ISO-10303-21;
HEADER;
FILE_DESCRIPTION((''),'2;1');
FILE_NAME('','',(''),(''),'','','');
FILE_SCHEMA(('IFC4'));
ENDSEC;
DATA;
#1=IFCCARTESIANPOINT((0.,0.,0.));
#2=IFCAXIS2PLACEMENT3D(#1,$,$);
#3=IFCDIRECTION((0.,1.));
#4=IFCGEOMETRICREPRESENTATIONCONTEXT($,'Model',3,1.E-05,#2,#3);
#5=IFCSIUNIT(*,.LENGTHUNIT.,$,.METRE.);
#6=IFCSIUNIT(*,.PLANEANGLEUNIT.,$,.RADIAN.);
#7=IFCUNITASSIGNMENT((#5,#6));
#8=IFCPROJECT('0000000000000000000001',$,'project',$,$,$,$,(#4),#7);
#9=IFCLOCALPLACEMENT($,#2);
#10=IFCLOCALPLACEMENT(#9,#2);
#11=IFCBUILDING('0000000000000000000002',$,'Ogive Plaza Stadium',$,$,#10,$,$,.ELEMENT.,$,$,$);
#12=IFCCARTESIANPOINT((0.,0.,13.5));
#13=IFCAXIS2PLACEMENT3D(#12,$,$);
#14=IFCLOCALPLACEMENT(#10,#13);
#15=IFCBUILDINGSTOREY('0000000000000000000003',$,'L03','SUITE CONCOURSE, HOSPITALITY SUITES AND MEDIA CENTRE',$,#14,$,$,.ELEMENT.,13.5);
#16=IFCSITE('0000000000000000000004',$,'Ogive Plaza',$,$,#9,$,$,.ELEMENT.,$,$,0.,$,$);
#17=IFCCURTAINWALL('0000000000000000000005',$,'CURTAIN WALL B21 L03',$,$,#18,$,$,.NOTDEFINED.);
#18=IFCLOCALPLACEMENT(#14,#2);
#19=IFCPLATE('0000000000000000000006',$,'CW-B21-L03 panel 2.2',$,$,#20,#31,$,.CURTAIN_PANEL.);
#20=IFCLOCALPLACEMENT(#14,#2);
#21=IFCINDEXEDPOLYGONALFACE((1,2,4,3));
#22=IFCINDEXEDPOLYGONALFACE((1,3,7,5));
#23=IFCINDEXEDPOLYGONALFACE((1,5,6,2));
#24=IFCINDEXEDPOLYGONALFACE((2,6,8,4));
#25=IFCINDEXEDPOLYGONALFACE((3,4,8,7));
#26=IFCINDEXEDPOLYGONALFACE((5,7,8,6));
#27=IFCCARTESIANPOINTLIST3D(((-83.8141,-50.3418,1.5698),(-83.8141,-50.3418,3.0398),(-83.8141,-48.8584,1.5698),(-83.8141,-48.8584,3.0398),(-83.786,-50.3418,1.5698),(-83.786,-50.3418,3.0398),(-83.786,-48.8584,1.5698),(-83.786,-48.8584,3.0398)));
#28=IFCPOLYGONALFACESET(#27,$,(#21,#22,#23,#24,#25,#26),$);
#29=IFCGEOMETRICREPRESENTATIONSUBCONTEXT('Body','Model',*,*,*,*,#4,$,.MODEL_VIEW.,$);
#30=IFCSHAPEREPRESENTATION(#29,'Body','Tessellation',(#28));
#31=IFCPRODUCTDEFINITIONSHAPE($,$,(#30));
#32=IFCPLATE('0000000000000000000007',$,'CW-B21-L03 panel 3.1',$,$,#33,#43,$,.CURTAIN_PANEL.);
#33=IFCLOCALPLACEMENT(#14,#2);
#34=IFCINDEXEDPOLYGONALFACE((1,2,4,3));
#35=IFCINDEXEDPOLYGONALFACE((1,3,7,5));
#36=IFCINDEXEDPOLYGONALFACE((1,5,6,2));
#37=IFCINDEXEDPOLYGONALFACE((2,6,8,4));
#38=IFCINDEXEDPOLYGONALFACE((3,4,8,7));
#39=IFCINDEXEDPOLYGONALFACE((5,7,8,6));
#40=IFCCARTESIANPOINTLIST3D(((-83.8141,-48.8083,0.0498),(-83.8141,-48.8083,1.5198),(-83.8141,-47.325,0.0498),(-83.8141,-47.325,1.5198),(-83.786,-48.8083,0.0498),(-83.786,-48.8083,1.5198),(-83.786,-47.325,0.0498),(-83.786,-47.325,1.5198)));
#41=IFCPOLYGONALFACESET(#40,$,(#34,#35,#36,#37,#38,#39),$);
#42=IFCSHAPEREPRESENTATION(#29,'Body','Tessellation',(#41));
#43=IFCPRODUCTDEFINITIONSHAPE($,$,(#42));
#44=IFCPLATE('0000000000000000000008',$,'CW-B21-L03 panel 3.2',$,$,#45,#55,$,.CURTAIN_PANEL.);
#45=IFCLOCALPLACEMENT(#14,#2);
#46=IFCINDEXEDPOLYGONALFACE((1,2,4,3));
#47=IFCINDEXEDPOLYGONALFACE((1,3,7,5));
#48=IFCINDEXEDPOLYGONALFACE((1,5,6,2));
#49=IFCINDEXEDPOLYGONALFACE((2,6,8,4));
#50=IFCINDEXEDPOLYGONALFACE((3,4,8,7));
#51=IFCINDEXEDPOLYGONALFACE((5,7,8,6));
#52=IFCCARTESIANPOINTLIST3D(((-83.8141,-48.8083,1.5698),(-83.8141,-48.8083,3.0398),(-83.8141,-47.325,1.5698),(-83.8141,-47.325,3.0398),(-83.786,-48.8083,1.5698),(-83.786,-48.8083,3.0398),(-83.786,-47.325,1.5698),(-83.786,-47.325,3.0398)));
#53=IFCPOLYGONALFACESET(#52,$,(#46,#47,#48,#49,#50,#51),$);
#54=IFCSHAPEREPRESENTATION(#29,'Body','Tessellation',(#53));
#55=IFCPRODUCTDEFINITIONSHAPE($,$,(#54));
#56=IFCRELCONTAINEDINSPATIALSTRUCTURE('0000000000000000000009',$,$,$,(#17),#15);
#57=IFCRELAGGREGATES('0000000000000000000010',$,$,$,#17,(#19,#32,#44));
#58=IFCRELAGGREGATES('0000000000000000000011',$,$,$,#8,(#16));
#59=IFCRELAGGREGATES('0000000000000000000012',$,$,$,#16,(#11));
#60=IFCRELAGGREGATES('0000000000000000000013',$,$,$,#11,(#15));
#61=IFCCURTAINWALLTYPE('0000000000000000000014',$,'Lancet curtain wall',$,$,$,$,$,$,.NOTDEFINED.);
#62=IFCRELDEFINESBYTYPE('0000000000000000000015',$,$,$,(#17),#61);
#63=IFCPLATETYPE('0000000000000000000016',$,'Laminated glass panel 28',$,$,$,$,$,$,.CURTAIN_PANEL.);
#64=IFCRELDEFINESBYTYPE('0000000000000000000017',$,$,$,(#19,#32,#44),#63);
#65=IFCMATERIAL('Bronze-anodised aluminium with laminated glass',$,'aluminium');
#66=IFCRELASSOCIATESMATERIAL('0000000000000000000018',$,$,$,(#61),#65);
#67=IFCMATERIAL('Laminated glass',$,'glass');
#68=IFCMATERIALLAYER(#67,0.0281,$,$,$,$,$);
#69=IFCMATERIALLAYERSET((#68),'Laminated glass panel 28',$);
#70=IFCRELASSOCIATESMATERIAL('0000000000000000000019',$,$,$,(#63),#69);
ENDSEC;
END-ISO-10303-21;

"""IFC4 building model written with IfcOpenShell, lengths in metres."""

from ifc_helpers import new_model, si_unit, direction, frame, origin, origin_2d, place, context, subcontext, project, spatial, rectangle, extrude, material, layer, layer_set, type_object, element, aggregate, save


model = new_model("IFC4")

# Units and contexts
model_context = context("Model", 3, precision=1e-05, world=origin(), true_north=direction((0.0, 1.0)))
body_context = subcontext(model_context, "Body", "Model", "MODEL_VIEW")
ifc_project = project(units=[si_unit("LENGTHUNIT", "METRE"), si_unit("PLANEANGLEUNIT", "RADIAN")], contexts=[model_context])

# Site, building, storey
site_placement = place(None, origin())
site = spatial("IfcSite", under=ifc_project, at=site_placement, Name="Ogive Plaza", CompositionType="ELEMENT", RefElevation=0.0)
building_placement = place(site_placement, origin())
building = spatial("IfcBuilding", under=site, at=building_placement, Name="Ogive Plaza Stadium", CompositionType="ELEMENT")
storey_placement = place(building_placement, frame((0.0, 0.0, 13.5)))
storey = spatial("IfcBuildingStorey", under=building, at=storey_placement, Name="L03", Description="SUITE CONCOURSE, HOSPITALITY SUITES AND MEDIA CENTRE", CompositionType="ELEMENT", Elevation=13.5)

# Curtain wall
ifc_material_1 = material(Name="Bronze-anodised aluminium with laminated glass", Category="aluminium")
curtain_wall_type = type_object("IfcCurtainWallType", Name="Lancet curtain wall", PredefinedType="NOTDEFINED", material=ifc_material_1)
curtain_wall_1_placement = place(storey_placement, origin())
curtain_wall_1 = element("IfcCurtainWall", 1, at=curtain_wall_1_placement, inside=storey, type_object=curtain_wall_type, Name="CURTAIN WALL B21 L03", PredefinedType="NOTDEFINED")

# Plates
ifc_material_2 = material(Name="Laminated glass", Category="glass")
ifc_layer = layer(ifc_material_2, 0.0281)
ifc_layer_set = layer_set([ifc_layer], Name="Laminated glass panel 28")
plate_type = type_object("IfcPlateType", Name="Laminated glass panel 28", PredefinedType="CURTAIN_PANEL", material=ifc_layer_set)
plate_1_placement = place(storey_placement, frame((-83.8, -49.6001, 1.5698), z_axis=(0.0, 0.0, 1.0), x_axis=(0.0, 1.0, 0.0)))
plate_1 = element("IfcPlate", 2, at=plate_1_placement, type_object=plate_type, Name="CW-B21-L03 panel 2.2", PredefinedType="CURTAIN_PANEL", context=body_context, shape_type="SweptSolid", body=[
    extrude(rectangle(XDim=1.4834, YDim=0.0281, at=origin_2d()), origin(), (0.0, 0.0, 1.0), 1.47),
])
plate_2_placement = place(storey_placement, frame((-83.8, -48.0667, 0.0498), z_axis=(0.0, 0.0, 1.0), x_axis=(0.0, 1.0, 0.0)))
plate_2 = element("IfcPlate", 3, at=plate_2_placement, type_object=plate_type, Name="CW-B21-L03 panel 3.1", PredefinedType="CURTAIN_PANEL", context=body_context, shape_type="SweptSolid", body=[
    extrude(rectangle(XDim=1.4834, YDim=0.0281, at=origin_2d()), origin(), (0.0, 0.0, 1.0), 1.47),
])
plate_3_placement = place(storey_placement, frame((-83.8, -48.0667, 1.5698), z_axis=(0.0, 0.0, 1.0), x_axis=(0.0, 1.0, 0.0)))
plate_3 = element("IfcPlate", 4, at=plate_3_placement, type_object=plate_type, Name="CW-B21-L03 panel 3.2", PredefinedType="CURTAIN_PANEL", context=body_context, shape_type="SweptSolid", body=[
    extrude(rectangle(XDim=1.4834, YDim=0.0281, at=origin_2d()), origin(), (0.0, 0.0, 1.0), 1.47),
])
aggregate(curtain_wall_1, [plate_1, plate_2, plate_3])

save(model, "model.ifc")
